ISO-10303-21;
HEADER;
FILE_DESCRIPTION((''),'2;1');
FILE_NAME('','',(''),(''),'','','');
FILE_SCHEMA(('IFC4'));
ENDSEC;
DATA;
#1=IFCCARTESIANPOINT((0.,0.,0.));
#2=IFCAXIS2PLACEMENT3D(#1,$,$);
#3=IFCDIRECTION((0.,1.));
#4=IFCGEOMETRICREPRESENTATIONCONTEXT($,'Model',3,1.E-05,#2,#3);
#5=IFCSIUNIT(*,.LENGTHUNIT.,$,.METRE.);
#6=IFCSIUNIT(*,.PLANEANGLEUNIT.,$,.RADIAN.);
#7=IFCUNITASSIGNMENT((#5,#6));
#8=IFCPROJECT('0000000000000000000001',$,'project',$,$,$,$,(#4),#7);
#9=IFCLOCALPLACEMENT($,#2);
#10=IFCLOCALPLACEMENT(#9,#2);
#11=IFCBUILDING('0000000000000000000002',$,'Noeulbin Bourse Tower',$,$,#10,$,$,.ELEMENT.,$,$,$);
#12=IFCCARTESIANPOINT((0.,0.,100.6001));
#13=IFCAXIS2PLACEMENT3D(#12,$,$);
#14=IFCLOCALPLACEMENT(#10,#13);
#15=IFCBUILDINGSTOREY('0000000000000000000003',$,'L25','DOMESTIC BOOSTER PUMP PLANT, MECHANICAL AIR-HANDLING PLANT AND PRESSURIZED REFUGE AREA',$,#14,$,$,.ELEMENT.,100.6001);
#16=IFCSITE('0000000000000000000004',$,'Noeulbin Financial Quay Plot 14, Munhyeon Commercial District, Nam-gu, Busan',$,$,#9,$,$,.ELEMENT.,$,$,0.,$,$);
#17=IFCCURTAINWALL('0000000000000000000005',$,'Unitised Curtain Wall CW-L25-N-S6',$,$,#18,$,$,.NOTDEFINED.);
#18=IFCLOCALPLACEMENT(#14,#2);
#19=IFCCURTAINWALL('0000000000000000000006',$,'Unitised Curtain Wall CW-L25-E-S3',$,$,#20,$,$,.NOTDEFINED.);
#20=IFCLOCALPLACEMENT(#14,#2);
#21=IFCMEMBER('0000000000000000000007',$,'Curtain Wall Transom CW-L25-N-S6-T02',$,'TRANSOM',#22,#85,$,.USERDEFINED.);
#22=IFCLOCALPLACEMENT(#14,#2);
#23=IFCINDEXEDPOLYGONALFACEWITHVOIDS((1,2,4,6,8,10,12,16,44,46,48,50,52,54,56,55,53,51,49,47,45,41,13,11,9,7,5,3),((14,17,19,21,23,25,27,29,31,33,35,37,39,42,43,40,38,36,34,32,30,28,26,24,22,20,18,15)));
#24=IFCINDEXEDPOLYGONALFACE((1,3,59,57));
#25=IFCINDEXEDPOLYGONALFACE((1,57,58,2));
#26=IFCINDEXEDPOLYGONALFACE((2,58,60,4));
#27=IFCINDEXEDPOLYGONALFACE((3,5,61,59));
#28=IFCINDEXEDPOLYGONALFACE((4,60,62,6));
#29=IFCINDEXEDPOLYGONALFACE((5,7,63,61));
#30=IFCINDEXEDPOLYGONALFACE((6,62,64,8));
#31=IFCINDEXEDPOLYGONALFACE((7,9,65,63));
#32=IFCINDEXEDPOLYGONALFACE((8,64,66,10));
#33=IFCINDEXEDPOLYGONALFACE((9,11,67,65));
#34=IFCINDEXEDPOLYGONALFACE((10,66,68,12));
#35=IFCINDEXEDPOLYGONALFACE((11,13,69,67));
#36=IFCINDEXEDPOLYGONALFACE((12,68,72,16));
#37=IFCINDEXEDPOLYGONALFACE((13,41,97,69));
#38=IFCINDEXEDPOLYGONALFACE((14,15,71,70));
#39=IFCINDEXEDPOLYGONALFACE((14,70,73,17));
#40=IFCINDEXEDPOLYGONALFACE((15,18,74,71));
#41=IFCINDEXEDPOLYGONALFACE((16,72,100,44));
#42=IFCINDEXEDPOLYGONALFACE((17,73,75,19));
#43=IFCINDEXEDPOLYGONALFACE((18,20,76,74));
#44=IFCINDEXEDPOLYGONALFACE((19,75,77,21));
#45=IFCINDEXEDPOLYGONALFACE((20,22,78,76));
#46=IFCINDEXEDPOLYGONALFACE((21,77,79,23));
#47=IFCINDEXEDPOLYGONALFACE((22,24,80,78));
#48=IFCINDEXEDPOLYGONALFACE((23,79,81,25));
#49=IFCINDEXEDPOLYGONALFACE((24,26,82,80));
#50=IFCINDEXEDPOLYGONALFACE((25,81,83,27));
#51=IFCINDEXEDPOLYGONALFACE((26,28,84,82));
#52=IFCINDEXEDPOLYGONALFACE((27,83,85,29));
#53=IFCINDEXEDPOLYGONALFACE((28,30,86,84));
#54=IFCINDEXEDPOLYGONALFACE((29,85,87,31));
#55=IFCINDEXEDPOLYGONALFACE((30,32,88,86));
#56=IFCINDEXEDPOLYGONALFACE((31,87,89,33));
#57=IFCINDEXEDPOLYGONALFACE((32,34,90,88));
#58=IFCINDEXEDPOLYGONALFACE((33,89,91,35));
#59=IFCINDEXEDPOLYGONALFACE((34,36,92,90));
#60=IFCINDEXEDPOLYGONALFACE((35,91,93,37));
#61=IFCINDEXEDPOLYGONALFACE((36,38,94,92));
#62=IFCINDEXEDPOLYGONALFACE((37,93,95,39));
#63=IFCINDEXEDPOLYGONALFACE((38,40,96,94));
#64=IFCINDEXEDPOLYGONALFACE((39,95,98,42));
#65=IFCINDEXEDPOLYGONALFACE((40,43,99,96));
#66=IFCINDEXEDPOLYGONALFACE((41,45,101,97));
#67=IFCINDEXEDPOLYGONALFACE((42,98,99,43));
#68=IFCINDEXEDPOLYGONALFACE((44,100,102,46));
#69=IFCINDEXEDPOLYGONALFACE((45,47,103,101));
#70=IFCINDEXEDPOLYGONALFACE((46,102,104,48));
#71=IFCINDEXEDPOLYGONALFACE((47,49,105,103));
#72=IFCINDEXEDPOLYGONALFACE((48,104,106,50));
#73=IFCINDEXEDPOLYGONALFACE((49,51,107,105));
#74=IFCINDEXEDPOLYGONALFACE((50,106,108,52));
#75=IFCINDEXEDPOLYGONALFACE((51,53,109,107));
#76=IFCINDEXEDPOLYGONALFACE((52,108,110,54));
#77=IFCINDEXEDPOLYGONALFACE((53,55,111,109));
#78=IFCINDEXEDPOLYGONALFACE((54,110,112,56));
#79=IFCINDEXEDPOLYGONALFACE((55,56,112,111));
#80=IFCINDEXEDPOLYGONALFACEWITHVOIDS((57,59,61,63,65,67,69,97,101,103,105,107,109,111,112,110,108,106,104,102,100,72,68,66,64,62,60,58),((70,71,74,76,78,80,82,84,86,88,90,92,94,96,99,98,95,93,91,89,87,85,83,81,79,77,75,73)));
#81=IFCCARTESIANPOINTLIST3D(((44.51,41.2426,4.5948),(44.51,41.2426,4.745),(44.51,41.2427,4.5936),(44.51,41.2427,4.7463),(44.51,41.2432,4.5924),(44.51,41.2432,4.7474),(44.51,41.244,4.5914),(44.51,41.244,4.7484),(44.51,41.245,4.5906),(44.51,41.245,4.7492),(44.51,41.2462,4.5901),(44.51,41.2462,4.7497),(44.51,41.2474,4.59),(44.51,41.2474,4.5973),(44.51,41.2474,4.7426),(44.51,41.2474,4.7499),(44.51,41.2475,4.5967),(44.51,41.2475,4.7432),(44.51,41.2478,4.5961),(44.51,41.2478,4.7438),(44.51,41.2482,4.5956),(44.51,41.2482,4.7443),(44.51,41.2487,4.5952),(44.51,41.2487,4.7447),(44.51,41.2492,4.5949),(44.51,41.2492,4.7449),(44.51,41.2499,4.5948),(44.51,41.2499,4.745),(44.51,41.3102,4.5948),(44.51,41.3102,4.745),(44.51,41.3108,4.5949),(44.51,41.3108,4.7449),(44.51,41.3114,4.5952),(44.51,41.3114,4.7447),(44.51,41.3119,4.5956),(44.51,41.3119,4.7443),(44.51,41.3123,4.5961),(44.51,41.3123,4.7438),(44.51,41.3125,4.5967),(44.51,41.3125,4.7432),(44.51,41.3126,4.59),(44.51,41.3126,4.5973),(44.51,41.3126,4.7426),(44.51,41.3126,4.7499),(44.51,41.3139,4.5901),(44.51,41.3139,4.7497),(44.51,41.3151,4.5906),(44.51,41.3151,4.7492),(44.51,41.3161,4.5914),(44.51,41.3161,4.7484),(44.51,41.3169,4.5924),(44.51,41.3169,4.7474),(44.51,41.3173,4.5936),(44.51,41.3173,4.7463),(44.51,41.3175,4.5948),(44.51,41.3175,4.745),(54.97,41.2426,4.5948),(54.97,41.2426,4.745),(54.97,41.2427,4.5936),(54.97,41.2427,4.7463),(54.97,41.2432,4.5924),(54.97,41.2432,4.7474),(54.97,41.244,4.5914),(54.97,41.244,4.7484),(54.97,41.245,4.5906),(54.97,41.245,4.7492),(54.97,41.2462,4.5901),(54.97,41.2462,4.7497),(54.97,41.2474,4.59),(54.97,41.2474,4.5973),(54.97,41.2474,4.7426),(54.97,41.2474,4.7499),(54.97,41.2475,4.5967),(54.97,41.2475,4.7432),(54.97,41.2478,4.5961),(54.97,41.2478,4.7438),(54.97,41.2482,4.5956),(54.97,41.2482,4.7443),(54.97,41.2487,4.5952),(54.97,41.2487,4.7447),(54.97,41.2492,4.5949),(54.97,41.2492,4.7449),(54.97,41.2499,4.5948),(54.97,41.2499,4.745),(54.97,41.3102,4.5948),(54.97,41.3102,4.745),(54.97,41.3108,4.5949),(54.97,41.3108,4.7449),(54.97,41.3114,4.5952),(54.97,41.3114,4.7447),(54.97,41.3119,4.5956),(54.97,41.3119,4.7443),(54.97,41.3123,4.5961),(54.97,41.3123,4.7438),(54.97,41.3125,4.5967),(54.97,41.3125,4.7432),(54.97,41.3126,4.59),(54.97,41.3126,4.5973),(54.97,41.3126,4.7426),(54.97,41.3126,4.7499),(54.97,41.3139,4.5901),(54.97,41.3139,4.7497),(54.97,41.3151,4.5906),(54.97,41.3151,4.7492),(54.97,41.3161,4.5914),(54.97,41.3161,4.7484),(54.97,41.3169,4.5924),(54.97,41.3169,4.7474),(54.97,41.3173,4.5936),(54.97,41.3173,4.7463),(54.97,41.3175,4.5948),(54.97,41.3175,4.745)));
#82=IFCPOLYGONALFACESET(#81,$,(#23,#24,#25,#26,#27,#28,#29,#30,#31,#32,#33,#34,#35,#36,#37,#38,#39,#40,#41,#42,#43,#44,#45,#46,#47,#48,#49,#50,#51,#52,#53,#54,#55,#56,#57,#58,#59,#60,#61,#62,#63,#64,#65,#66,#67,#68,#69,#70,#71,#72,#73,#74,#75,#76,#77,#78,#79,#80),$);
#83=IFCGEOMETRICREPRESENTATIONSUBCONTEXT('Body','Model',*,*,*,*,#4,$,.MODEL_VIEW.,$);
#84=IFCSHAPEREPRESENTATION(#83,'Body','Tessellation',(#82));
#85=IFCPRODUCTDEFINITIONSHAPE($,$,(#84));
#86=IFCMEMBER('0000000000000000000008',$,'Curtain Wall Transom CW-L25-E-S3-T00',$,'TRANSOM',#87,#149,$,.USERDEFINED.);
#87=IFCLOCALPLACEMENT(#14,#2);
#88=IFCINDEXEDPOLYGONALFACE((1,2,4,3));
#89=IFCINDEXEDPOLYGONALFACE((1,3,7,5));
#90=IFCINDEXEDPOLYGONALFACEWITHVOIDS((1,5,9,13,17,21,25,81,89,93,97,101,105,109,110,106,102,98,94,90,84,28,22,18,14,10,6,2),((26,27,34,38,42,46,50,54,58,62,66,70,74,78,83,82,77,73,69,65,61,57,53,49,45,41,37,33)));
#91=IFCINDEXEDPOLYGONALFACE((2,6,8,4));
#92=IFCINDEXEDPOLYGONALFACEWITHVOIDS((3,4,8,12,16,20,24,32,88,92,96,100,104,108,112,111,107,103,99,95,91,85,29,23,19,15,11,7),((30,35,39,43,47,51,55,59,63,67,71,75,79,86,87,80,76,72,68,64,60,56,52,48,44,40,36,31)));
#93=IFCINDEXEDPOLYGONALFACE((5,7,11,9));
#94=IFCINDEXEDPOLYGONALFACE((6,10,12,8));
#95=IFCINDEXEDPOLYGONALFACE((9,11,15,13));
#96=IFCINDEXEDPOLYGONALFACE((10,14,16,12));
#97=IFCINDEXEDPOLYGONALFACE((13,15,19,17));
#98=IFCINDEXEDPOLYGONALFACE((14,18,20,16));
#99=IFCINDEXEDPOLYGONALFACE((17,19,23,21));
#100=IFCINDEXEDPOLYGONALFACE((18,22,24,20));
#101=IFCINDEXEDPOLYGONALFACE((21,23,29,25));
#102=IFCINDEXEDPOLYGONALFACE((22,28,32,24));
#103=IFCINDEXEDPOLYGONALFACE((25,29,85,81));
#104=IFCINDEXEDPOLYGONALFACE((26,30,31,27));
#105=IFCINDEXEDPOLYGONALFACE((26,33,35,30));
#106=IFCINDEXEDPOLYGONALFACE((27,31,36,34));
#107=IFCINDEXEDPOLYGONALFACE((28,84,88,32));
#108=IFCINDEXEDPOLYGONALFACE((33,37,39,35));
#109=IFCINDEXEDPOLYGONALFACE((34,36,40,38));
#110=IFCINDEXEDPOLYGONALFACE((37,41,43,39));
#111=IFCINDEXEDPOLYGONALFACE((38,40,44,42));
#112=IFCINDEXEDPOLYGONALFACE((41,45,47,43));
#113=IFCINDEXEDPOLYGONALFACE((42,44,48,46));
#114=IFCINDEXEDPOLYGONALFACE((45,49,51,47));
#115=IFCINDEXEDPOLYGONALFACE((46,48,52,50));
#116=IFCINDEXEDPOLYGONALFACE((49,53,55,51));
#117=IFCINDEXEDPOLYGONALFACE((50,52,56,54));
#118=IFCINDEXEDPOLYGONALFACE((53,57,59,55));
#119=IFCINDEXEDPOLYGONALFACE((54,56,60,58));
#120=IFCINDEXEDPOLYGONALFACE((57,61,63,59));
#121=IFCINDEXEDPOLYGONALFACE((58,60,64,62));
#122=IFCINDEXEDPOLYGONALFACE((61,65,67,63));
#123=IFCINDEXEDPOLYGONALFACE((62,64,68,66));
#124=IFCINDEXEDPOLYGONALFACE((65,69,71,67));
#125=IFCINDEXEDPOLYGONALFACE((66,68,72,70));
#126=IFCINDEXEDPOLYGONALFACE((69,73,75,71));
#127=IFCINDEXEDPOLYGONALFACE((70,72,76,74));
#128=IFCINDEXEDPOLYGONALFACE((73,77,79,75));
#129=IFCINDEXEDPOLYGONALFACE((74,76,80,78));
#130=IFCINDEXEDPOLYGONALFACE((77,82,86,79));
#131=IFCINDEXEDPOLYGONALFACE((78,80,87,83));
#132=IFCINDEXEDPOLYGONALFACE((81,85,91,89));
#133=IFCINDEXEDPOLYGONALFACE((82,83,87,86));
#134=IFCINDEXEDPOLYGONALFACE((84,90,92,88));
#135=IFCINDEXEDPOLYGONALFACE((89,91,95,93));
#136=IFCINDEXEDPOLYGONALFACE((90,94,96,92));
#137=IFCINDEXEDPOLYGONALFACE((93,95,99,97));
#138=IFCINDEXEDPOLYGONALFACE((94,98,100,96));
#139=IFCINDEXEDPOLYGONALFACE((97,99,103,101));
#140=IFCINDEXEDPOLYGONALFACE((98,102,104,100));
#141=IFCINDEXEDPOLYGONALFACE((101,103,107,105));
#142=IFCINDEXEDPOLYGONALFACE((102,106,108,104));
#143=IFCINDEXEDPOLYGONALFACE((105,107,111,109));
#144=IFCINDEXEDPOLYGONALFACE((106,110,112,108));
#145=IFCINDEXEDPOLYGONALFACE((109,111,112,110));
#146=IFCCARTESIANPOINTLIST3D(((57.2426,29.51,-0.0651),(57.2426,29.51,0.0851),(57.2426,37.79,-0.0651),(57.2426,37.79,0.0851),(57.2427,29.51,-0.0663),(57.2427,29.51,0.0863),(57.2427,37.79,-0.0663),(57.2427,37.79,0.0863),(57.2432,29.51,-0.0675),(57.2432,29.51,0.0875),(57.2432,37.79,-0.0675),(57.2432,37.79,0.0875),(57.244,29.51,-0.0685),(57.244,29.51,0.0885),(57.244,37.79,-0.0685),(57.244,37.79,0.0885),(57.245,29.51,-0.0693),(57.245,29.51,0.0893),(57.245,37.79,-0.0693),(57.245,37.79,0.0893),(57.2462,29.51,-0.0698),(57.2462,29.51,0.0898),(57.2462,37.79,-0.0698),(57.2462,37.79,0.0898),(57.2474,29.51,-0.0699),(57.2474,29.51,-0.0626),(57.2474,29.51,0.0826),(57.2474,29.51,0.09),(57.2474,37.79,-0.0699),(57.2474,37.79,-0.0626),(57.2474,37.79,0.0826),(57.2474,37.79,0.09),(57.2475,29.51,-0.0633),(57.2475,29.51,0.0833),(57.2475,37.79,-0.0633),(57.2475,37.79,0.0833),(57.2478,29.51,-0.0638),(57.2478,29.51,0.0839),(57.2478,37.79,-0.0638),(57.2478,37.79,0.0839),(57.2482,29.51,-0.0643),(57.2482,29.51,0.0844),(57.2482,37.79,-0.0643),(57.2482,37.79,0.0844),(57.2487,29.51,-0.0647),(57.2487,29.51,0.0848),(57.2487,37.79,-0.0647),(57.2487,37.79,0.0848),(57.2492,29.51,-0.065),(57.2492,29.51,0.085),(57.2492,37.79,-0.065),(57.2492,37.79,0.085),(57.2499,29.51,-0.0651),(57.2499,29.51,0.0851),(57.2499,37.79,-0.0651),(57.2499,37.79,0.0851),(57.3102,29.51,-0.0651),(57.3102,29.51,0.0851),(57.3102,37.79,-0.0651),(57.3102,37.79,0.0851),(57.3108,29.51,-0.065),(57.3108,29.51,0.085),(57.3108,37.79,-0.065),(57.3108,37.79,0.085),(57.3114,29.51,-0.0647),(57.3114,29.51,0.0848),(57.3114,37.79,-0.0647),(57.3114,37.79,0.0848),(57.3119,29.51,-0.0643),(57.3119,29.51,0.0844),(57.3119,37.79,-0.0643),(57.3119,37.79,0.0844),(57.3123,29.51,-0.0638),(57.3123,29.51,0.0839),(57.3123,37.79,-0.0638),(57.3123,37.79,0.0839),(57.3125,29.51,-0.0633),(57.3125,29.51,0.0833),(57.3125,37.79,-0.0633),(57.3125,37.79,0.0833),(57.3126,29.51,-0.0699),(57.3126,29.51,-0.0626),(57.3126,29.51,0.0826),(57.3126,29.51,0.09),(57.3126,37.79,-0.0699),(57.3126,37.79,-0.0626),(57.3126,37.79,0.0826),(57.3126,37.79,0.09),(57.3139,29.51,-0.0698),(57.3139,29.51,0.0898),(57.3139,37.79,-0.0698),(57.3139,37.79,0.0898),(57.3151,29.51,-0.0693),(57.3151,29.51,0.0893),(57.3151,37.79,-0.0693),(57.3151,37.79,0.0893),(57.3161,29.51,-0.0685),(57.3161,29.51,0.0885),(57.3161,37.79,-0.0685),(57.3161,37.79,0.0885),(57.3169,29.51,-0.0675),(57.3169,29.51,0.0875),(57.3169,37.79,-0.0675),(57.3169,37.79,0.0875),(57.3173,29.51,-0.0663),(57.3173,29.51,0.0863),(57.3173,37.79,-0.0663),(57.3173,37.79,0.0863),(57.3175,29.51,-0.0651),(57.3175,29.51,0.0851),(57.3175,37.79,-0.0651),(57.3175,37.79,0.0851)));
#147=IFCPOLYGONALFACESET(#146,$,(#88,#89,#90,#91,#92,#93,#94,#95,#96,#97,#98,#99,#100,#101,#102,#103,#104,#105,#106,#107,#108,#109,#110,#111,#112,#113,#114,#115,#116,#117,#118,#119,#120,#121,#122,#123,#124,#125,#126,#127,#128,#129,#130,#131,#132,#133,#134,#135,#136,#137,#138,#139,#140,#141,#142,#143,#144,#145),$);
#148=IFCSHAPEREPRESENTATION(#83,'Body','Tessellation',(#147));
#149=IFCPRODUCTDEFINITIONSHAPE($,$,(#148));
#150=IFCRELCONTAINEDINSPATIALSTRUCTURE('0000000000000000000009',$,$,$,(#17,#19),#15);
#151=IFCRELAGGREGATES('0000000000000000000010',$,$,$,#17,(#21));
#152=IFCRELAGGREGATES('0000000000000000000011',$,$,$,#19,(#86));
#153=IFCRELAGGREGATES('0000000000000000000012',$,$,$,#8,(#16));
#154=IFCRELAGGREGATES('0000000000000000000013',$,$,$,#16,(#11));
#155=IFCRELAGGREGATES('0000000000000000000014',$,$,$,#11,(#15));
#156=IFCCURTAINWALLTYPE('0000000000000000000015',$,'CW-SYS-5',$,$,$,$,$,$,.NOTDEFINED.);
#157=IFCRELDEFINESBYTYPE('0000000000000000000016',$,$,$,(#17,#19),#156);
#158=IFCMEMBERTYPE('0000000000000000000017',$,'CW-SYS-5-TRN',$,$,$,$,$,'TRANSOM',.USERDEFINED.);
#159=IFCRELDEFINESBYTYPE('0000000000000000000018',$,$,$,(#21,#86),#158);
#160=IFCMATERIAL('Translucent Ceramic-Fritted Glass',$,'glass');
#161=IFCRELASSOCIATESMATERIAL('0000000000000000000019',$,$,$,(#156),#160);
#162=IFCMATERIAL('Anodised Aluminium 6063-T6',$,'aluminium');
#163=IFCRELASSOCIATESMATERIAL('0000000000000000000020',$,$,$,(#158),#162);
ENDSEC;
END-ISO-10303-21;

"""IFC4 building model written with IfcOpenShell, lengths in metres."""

from ifc_helpers import new_model, si_unit, direction, frame, origin, origin_2d, place, context, subcontext, project, spatial, hollow_rectangle, extrude, material, material_profile, profile_set, type_object, element, aggregate, save


model = new_model("IFC4")

# Units and contexts
model_context = context("Model", 3, precision=1e-05, world=origin(), true_north=direction((0.0, 1.0)))
body_context = subcontext(model_context, "Body", "Model", "MODEL_VIEW")
ifc_project = project(units=[si_unit("LENGTHUNIT", "METRE"), si_unit("PLANEANGLEUNIT", "RADIAN")], contexts=[model_context])

# Site, building, storey
site_placement = place(None, origin())
site = spatial("IfcSite", under=ifc_project, at=site_placement, Name="Noeulbin Financial Quay Plot 14, Munhyeon Commercial District, Nam-gu, Busan", CompositionType="ELEMENT", RefElevation=0.0)
building_placement = place(site_placement, origin())
building = spatial("IfcBuilding", under=site, at=building_placement, Name="Noeulbin Bourse Tower", CompositionType="ELEMENT")
storey_placement = place(building_placement, frame((0.0, 0.0, 100.6001)))
storey = spatial("IfcBuildingStorey", under=building, at=storey_placement, Name="L25", Description="DOMESTIC BOOSTER PUMP PLANT, MECHANICAL AIR-HANDLING PLANT AND PRESSURIZED REFUGE AREA", CompositionType="ELEMENT", Elevation=100.6001)

# Curtain walls
ifc_material_1 = material(Name="Translucent Ceramic-Fritted Glass", Category="glass")
curtain_wall_type = type_object("IfcCurtainWallType", Name="CW-SYS-5", PredefinedType="NOTDEFINED", material=ifc_material_1)
curtain_wall_1_placement = place(storey_placement, origin())
curtain_wall_1 = element("IfcCurtainWall", 1, at=curtain_wall_1_placement, inside=storey, type_object=curtain_wall_type, Name="Unitised Curtain Wall CW-L25-N-S6", PredefinedType="NOTDEFINED")
ifc_material_2 = material(Name="Anodised Aluminium 6063-T6", Category="aluminium")
curtain_wall_2_placement = place(storey_placement, origin())
curtain_wall_2 = element("IfcCurtainWall", 2, at=curtain_wall_2_placement, inside=storey, type_object=curtain_wall_type, Name="Unitised Curtain Wall CW-L25-E-S3", PredefinedType="NOTDEFINED")

# Members
ifc_material_profile_1 = material_profile(ifc_material_2, hollow_rectangle(XDim=0.075, YDim=0.1599, WallThickness=0.0049, InnerFilletRadius=0.0024, OuterFilletRadius=0.0049, at=origin_2d()), Name="ALU-TRAN-75x160x5", Category="LoadBearing")
ifc_profile_set_1 = profile_set([ifc_material_profile_1], Name="Anodised Aluminium 6063-T6")
member_type_1 = type_object("IfcMemberType", Name="CW-SYS-5-TRN", ElementType="TRANSOM", PredefinedType="USERDEFINED", material=ifc_profile_set_1)
member_1_placement = place(storey_placement, frame((44.51, 41.28, 4.6699), z_axis=(1.0, 0.0, 0.0), x_axis=(0.0, 1.0, 0.0)))
member_1 = element("IfcMember", 3, at=member_1_placement, type_object=member_type_1, Name="Curtain Wall Transom CW-L25-N-S6-T02", ObjectType="TRANSOM", PredefinedType="USERDEFINED", context=body_context, shape_type="SweptSolid", body=[
    extrude(hollow_rectangle(XDim=0.075, YDim=0.1599, WallThickness=0.0049, InnerFilletRadius=0.0024, OuterFilletRadius=0.0049, at=origin_2d()), origin(), (0.0, 0.0, 1.0), 10.46),
])
member_2_placement = place(storey_placement, frame((57.28, 29.51, 0.01), z_axis=(0.0, 1.0, 0.0), x_axis=(-1.0, 0.0, 0.0)))
member_2 = element("IfcMember", 4, at=member_2_placement, type_object=member_type_1, Name="Curtain Wall Transom CW-L25-E-S3-T00", ObjectType="TRANSOM", PredefinedType="USERDEFINED", context=body_context, shape_type="SweptSolid", body=[
    extrude(hollow_rectangle(XDim=0.075, YDim=0.1599, WallThickness=0.0049, InnerFilletRadius=0.0024, OuterFilletRadius=0.0049, at=origin_2d()), origin(), (0.0, 0.0, 1.0), 8.28),
])

aggregate(curtain_wall_1, [member_1])
aggregate(curtain_wall_2, [member_2])

save(model, "model.ifc")
